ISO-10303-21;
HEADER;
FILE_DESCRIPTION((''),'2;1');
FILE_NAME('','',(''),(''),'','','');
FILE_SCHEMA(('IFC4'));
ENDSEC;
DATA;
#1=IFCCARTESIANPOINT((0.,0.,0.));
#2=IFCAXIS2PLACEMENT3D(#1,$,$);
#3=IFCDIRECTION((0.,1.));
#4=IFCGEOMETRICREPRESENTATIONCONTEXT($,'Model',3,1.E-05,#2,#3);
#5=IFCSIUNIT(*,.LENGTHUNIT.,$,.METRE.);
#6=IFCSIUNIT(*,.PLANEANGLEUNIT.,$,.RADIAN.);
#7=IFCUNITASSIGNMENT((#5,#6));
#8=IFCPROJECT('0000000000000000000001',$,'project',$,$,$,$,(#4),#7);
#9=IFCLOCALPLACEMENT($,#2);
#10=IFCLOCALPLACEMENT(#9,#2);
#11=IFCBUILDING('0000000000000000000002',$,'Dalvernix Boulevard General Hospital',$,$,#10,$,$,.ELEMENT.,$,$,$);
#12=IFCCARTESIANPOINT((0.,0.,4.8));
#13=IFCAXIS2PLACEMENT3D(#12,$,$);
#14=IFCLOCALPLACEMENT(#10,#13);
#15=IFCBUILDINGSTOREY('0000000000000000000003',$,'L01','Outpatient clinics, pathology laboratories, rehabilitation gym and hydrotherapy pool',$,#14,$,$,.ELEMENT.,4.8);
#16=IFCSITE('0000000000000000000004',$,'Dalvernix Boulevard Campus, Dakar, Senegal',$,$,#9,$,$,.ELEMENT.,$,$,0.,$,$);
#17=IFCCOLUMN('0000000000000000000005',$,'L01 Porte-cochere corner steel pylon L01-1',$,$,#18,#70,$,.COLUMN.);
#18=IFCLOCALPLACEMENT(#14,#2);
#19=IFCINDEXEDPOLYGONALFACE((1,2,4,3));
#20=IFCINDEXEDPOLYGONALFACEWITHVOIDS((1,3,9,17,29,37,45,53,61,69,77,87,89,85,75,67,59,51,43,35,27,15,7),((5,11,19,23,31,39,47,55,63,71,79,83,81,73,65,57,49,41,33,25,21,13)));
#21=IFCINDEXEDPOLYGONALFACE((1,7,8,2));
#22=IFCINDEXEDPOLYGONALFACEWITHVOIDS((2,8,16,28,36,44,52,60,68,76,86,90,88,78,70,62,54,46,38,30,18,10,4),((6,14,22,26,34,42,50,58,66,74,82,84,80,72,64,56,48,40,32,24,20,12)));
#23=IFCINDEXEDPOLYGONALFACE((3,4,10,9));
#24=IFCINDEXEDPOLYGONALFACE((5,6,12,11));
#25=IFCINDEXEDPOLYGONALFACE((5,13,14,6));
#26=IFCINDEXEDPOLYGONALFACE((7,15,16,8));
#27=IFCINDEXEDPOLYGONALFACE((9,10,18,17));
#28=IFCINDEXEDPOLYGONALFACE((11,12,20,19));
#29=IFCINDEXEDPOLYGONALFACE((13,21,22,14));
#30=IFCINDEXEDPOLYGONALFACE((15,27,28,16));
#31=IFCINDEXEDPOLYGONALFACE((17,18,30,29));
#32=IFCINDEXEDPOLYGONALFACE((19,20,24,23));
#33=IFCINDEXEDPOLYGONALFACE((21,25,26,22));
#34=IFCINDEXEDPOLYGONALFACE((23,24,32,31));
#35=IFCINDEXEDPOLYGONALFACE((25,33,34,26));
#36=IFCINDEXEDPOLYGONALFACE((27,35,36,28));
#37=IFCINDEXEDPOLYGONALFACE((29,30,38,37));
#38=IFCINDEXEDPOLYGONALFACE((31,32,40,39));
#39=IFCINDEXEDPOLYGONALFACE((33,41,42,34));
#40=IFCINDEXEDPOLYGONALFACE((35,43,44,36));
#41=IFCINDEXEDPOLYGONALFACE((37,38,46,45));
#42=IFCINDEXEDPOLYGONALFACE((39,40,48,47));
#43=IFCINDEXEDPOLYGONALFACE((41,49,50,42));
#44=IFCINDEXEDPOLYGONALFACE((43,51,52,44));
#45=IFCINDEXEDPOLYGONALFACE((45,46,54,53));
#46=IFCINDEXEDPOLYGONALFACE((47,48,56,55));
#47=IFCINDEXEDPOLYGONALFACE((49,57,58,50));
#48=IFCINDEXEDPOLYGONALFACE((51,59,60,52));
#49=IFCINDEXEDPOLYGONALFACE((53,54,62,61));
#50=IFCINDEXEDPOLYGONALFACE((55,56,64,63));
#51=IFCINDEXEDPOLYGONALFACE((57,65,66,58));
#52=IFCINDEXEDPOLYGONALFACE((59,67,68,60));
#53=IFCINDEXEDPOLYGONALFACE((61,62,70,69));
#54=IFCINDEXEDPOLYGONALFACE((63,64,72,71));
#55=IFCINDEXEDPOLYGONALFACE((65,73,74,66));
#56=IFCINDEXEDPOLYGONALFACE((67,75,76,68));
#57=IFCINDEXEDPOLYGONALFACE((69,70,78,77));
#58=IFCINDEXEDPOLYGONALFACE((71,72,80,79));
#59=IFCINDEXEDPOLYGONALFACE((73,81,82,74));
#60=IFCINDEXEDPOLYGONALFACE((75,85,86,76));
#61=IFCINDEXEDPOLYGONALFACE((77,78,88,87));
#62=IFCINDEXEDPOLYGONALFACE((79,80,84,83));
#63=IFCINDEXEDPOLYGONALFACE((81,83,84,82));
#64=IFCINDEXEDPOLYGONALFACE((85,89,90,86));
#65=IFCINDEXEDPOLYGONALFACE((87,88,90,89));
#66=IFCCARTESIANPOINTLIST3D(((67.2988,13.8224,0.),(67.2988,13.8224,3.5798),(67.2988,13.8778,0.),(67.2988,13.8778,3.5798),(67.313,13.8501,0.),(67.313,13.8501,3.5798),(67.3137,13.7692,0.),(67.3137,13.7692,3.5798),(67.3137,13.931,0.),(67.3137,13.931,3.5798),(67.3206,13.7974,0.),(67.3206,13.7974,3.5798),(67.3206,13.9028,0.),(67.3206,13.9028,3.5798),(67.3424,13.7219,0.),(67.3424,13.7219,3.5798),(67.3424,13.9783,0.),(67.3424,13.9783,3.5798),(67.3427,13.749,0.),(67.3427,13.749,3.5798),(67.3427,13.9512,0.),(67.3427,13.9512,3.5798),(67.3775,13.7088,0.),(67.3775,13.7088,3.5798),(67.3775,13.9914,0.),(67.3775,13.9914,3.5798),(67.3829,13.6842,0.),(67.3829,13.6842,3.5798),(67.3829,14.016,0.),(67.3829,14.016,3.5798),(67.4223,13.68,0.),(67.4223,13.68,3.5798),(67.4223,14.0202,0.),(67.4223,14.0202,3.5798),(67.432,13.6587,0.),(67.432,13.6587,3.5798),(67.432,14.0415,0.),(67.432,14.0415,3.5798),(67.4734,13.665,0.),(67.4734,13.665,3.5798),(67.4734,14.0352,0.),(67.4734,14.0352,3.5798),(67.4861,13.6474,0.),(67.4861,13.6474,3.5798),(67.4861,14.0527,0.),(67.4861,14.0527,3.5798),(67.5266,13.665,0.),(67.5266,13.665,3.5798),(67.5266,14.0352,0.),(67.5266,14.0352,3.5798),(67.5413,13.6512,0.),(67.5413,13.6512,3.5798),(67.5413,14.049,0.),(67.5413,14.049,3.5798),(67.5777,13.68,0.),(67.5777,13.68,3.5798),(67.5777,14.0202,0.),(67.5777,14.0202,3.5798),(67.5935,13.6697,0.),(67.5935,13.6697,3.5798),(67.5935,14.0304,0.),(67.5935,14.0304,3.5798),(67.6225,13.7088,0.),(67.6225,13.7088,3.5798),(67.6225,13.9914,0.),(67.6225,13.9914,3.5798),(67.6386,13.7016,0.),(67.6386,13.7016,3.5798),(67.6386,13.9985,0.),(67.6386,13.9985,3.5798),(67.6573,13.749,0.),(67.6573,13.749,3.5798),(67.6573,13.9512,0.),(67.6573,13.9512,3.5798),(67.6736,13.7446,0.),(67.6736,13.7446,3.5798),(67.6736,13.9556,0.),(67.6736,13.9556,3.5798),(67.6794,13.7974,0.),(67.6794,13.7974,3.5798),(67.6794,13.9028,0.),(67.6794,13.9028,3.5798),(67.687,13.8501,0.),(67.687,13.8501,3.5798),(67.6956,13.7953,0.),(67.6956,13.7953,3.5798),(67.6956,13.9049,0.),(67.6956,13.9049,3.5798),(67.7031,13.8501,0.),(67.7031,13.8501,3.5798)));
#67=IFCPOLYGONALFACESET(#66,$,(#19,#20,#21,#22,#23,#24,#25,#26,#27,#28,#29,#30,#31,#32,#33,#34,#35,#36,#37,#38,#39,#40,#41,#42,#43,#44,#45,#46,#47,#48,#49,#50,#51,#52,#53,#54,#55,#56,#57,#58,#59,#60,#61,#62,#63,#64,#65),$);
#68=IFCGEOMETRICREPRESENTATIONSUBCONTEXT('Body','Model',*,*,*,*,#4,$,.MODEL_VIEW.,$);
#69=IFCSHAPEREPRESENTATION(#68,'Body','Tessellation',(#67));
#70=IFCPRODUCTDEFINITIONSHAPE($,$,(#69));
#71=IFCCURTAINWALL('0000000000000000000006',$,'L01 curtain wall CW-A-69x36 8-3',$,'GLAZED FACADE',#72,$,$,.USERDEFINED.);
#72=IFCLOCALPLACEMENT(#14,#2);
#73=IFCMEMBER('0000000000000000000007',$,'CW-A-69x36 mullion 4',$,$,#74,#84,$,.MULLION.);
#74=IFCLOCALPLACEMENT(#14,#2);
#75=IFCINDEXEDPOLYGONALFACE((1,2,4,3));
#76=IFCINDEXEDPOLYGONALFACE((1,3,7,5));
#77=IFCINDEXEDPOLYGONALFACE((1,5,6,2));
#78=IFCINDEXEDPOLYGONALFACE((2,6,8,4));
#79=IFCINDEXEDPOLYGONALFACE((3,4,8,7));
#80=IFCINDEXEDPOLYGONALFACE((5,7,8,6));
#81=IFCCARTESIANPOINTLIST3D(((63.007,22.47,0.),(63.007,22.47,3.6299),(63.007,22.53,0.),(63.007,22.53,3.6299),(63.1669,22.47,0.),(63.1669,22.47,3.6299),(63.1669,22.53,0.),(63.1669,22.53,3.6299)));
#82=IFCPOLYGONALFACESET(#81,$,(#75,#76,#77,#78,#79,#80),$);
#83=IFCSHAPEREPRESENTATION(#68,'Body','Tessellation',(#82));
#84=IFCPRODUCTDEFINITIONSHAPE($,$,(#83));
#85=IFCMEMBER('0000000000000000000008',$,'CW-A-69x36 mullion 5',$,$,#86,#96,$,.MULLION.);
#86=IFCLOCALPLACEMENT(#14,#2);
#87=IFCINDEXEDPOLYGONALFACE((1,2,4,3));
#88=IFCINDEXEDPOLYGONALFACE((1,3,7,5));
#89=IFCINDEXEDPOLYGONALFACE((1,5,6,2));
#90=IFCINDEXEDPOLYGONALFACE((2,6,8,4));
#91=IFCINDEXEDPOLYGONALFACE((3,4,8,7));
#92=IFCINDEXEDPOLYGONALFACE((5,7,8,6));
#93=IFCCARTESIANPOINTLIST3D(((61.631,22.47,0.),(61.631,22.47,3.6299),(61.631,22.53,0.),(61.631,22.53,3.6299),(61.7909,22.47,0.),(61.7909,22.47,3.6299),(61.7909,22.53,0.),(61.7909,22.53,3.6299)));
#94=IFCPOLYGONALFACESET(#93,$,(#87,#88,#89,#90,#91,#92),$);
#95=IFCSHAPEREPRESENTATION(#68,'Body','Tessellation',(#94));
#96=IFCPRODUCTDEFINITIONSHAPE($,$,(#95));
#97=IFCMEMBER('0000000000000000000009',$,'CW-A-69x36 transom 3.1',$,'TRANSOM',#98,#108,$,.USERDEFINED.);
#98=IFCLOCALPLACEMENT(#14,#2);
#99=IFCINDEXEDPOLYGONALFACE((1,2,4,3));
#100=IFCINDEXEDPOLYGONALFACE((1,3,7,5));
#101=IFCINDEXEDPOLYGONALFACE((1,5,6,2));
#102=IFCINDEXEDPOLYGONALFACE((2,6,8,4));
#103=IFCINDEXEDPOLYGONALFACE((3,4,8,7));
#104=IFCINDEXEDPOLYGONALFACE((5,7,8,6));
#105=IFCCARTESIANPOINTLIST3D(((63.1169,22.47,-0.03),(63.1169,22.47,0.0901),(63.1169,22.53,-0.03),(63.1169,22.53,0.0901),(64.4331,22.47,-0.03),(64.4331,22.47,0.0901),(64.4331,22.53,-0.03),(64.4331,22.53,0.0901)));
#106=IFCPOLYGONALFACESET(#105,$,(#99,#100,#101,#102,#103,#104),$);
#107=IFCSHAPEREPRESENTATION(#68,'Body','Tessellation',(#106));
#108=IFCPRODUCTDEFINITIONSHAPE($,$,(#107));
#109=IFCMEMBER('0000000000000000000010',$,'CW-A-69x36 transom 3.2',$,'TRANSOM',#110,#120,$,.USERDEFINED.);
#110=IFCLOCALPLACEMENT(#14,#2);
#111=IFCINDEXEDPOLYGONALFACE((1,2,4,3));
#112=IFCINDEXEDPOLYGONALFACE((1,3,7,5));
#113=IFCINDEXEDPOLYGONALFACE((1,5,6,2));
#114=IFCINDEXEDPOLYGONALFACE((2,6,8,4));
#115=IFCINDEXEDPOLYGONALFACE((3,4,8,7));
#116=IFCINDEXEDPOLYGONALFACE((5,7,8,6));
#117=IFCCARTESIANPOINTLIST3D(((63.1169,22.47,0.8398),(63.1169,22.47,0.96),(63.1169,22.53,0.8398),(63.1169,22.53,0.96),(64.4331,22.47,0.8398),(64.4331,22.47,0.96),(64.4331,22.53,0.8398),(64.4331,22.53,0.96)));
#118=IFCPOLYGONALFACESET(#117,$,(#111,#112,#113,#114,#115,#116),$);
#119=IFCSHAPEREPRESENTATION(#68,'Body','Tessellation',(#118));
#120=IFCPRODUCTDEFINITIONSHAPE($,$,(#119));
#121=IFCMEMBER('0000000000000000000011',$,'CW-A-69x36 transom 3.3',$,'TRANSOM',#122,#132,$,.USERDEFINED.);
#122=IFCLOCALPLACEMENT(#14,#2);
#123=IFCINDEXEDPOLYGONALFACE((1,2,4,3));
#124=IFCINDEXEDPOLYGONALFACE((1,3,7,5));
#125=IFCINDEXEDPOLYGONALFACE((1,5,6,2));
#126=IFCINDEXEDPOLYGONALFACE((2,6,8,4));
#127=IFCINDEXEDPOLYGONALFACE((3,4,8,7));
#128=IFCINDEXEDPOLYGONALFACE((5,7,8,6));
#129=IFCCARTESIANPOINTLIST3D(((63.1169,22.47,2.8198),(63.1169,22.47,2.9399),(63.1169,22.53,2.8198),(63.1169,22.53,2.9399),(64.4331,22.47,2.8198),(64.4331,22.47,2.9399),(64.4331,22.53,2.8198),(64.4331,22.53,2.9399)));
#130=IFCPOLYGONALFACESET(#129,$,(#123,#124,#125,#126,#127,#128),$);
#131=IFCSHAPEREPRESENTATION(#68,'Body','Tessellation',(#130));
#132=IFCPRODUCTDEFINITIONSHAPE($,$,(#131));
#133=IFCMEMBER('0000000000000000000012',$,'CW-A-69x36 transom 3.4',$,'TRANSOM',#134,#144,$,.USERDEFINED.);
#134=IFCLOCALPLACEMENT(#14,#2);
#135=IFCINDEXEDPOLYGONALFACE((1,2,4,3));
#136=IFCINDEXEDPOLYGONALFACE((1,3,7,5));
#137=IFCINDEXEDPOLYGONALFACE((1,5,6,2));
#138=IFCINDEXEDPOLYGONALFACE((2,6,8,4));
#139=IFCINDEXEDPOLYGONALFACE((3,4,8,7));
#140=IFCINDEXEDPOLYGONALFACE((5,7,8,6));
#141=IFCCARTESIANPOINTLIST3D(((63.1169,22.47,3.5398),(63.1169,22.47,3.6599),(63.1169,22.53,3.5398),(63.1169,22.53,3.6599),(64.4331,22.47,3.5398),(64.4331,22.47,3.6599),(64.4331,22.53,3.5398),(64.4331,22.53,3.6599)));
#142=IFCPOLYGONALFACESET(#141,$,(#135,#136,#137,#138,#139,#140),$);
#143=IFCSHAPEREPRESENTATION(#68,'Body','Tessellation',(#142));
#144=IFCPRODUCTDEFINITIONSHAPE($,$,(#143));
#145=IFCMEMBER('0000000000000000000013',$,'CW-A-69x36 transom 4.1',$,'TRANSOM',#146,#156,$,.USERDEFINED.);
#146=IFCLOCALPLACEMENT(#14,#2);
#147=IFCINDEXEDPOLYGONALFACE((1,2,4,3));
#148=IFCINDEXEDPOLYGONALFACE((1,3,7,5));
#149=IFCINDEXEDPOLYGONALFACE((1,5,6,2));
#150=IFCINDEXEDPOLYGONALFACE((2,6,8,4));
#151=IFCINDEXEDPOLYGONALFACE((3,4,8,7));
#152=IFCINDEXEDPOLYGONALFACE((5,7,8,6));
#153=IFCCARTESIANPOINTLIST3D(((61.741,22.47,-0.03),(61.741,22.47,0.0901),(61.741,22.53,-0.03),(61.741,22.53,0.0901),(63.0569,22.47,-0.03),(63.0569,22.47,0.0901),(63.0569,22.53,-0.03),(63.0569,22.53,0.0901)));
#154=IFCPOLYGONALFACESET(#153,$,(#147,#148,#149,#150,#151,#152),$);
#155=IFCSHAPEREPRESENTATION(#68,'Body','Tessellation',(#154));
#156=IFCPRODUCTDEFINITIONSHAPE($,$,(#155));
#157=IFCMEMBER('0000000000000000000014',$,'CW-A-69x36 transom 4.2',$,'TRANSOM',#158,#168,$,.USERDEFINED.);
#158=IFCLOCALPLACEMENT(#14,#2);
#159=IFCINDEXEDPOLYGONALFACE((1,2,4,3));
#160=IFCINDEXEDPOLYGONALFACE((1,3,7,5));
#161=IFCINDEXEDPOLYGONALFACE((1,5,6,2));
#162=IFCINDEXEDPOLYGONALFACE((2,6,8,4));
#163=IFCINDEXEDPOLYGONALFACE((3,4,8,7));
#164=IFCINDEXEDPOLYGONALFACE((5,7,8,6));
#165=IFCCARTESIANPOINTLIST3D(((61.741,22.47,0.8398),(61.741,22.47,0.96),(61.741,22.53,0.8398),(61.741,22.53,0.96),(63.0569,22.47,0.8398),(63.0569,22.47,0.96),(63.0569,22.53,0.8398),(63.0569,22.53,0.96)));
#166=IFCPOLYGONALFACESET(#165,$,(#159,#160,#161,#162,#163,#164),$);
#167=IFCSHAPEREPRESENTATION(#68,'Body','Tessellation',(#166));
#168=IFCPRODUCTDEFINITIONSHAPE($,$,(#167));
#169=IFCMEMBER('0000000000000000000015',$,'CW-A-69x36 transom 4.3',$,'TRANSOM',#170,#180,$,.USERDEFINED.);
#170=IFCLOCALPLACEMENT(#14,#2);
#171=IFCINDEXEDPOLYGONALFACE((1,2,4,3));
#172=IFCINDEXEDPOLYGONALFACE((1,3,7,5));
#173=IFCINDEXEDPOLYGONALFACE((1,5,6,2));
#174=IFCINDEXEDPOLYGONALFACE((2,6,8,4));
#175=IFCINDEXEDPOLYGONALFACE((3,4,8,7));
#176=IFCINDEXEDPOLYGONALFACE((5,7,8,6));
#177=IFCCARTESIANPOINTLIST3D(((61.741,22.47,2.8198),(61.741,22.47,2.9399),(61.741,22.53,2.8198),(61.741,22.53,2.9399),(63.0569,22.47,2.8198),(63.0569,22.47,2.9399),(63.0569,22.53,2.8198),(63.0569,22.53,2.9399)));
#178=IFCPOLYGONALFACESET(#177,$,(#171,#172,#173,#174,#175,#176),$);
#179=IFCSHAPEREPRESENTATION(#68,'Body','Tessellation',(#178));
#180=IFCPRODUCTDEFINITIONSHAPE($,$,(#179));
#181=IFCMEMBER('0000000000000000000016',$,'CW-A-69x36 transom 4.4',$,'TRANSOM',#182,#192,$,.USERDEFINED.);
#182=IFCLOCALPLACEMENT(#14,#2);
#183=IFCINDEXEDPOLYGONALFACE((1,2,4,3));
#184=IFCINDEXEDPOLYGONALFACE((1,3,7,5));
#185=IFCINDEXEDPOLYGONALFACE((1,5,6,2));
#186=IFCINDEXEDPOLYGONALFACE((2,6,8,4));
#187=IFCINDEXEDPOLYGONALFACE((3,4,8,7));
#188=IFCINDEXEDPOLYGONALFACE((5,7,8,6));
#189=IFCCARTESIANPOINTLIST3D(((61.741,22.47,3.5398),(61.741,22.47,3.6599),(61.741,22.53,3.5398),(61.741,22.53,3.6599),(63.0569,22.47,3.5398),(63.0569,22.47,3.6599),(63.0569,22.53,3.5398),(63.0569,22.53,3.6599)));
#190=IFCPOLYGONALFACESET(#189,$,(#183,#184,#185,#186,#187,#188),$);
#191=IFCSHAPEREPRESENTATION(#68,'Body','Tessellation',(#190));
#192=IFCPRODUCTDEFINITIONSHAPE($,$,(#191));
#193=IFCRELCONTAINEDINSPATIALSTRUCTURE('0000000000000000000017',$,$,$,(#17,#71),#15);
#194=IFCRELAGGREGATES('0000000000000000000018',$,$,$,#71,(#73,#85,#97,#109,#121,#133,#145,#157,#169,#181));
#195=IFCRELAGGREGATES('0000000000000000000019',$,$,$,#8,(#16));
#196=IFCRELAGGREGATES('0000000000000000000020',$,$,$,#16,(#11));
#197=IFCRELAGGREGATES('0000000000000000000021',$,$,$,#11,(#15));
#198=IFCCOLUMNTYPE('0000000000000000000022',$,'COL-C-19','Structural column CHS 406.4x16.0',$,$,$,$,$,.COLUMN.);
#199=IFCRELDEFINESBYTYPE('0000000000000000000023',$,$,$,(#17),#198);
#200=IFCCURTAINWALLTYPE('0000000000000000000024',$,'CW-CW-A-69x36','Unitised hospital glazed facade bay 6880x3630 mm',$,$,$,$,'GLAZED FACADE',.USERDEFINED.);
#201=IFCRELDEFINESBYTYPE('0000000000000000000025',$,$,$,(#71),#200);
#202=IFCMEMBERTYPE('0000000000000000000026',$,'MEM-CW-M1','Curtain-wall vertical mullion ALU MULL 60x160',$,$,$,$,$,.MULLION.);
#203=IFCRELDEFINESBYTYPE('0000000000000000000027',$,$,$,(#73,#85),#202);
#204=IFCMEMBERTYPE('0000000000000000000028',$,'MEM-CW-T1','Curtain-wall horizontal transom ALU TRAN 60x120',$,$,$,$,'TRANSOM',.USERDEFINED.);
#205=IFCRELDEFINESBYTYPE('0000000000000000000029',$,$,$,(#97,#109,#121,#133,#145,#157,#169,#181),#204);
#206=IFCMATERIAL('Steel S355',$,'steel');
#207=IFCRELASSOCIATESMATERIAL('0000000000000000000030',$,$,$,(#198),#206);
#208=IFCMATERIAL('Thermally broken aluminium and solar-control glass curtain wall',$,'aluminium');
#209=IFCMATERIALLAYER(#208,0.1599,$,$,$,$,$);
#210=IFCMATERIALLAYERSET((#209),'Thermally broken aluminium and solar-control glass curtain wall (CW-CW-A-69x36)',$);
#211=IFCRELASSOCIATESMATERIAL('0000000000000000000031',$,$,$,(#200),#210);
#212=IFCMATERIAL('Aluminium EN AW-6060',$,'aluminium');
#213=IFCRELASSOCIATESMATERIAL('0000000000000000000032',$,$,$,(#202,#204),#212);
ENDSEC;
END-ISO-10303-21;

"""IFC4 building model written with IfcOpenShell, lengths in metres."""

from ifc_helpers import new_model, si_unit, direction, frame, origin, origin_2d, place, context, subcontext, project, spatial, rectangle, hollow_circle, extrude, material, layer, layer_set, material_profile, profile_set, type_object, element, aggregate, save


model = new_model("IFC4")

# Units and contexts
model_context = context("Model", 3, precision=1e-05, world=origin(), true_north=direction((0.0, 1.0)))
body_context = subcontext(model_context, "Body", "Model", "MODEL_VIEW")
ifc_project = project(units=[si_unit("LENGTHUNIT", "METRE"), si_unit("PLANEANGLEUNIT", "RADIAN")], contexts=[model_context])

# Site, building, storey
site_placement = place(None, origin())
site = spatial("IfcSite", under=ifc_project, at=site_placement, Name="Dalvernix Boulevard Campus, Dakar, Senegal", CompositionType="ELEMENT", RefElevation=0.0)
building_placement = place(site_placement, origin())
building = spatial("IfcBuilding", under=site, at=building_placement, Name="Dalvernix Boulevard General Hospital", CompositionType="ELEMENT")
storey_placement = place(building_placement, frame((0.0, 0.0, 4.8)))
storey = spatial("IfcBuildingStorey", under=building, at=storey_placement, Name="L01", Description="Outpatient clinics, pathology laboratories, rehabilitation gym and hydrotherapy pool", CompositionType="ELEMENT", Elevation=4.8)

# Column
ifc_material_1 = material(Name="Steel S355", Category="steel")
ifc_material_profile_1 = material_profile(ifc_material_1, hollow_circle(Radius=0.2031, WallThickness=0.0161, at=origin_2d()), Name="CHS 406.4x16.0")
ifc_profile_set_1 = profile_set([ifc_material_profile_1], Name="Steel S355")
column_type = type_object("IfcColumnType", Name="COL-C-19", Description="Structural column CHS 406.4x16.0", PredefinedType="COLUMN", material=ifc_profile_set_1)
column_placement = place(storey_placement, frame((67.5, 13.8501, 0.0), z_axis=(0.0, 0.0, 1.0), x_axis=(1.0, 0.0, 0.0)))
element("IfcColumn", 1, at=column_placement, inside=storey, type_object=column_type, Name="L01 Porte-cochere corner steel pylon L01-1", PredefinedType="COLUMN", context=body_context, shape_type="SweptSolid", body=[
    extrude(hollow_circle(Radius=0.2031, WallThickness=0.0161, at=origin_2d()), origin(), (0.0, 0.0, 1.0), 3.5798),
])

# Curtain wall, members
ifc_material_2 = material(Name="Thermally broken aluminium and solar-control glass curtain wall", Category="aluminium")
ifc_layer_1 = layer(ifc_material_2, 0.1599)
ifc_layer_set_1 = layer_set([ifc_layer_1], Name="Thermally broken aluminium and solar-control glass curtain wall (CW-CW-A-69x36)")
curtain_wall_type = type_object("IfcCurtainWallType", Name="CW-CW-A-69x36", Description="Unitised hospital glazed facade bay 6880x3630 mm", ElementType="GLAZED FACADE", PredefinedType="USERDEFINED", material=ifc_layer_set_1)
curtain_wall_placement = place(storey_placement, origin())
curtain_wall = element("IfcCurtainWall", 2, at=curtain_wall_placement, inside=storey, type_object=curtain_wall_type, Name="L01 curtain wall CW-A-69x36 8-3", ObjectType="GLAZED FACADE", PredefinedType="USERDEFINED")
ifc_material_3 = material(Name="Aluminium EN AW-6060", Category="aluminium")
ifc_material_profile_2 = material_profile(ifc_material_3, rectangle(XDim=0.0601, YDim=0.1599, at=origin_2d()), Name="ALU MULL 60x160")
ifc_profile_set_2 = profile_set([ifc_material_profile_2], Name="Aluminium EN AW-6060")
member_type_1 = type_object("IfcMemberType", Name="MEM-CW-M1", Description="Curtain-wall vertical mullion ALU MULL 60x160", PredefinedType="MULLION", material=ifc_profile_set_2)
member_1_placement = place(storey_placement, frame((63.0869, 22.5, 0.0), z_axis=(0.0, 0.0, 1.0), x_axis=(0.0, -1.0, 0.0)))
member_1 = element("IfcMember", 3, at=member_1_placement, type_object=member_type_1, Name="CW-A-69x36 mullion 4", PredefinedType="MULLION", context=body_context, shape_type="SweptSolid", body=[
    extrude(rectangle(XDim=0.0601, YDim=0.1599, at=origin_2d()), origin(), (0.0, 0.0, 1.0), 3.6299),
])
member_2_placement = place(storey_placement, frame((61.7109, 22.5, 0.0), z_axis=(0.0, 0.0, 1.0), x_axis=(0.0, -1.0, 0.0)))
member_2 = element("IfcMember", 4, at=member_2_placement, type_object=member_type_1, Name="CW-A-69x36 mullion 5", PredefinedType="MULLION", context=body_context, shape_type="SweptSolid", body=[
    extrude(rectangle(XDim=0.0601, YDim=0.1599, at=origin_2d()), origin(), (0.0, 0.0, 1.0), 3.6299),
])
ifc_material_profile_3 = material_profile(ifc_material_3, rectangle(XDim=0.0601, YDim=0.1201, at=origin_2d()), Name="ALU TRAN 60x120")
ifc_profile_set_3 = profile_set([ifc_material_profile_3], Name="Aluminium EN AW-6060")
member_type_2 = type_object("IfcMemberType", Name="MEM-CW-T1", Description="Curtain-wall horizontal transom ALU TRAN 60x120", ElementType="TRANSOM", PredefinedType="USERDEFINED", material=ifc_profile_set_3)
member_3_placement = place(storey_placement, frame((64.4331, 22.5, 0.03), z_axis=(-1.0, 0.0, 0.0), x_axis=(0.0, -1.0, 0.0)))
member_3 = element("IfcMember", 5, at=member_3_placement, type_object=member_type_2, Name="CW-A-69x36 transom 3.1", ObjectType="TRANSOM", PredefinedType="USERDEFINED", context=body_context, shape_type="SweptSolid", body=[
    extrude(rectangle(XDim=0.0601, YDim=0.1201, at=origin_2d()), origin(), (0.0, 0.0, 1.0), 1.3162),
])
member_4_placement = place(storey_placement, frame((64.4331, 22.5, 0.8999), z_axis=(-1.0, 0.0, 0.0), x_axis=(0.0, -1.0, 0.0)))
member_4 = element("IfcMember", 6, at=member_4_placement, type_object=member_type_2, Name="CW-A-69x36 transom 3.2", ObjectType="TRANSOM", PredefinedType="USERDEFINED", context=body_context, shape_type="SweptSolid", body=[
    extrude(rectangle(XDim=0.0601, YDim=0.1201, at=origin_2d()), origin(), (0.0, 0.0, 1.0), 1.3162),
])
member_5_placement = place(storey_placement, frame((64.4331, 22.5, 2.8799), z_axis=(-1.0, 0.0, 0.0), x_axis=(0.0, -1.0, 0.0)))
member_5 = element("IfcMember", 7, at=member_5_placement, type_object=member_type_2, Name="CW-A-69x36 transom 3.3", ObjectType="TRANSOM", PredefinedType="USERDEFINED", context=body_context, shape_type="SweptSolid", body=[
    extrude(rectangle(XDim=0.0601, YDim=0.1201, at=origin_2d()), origin(), (0.0, 0.0, 1.0), 1.3162),
])
member_6_placement = place(storey_placement, frame((64.4331, 22.5, 3.5999), z_axis=(-1.0, 0.0, 0.0), x_axis=(0.0, -1.0, 0.0)))
member_6 = element("IfcMember", 8, at=member_6_placement, type_object=member_type_2, Name="CW-A-69x36 transom 3.4", ObjectType="TRANSOM", PredefinedType="USERDEFINED", context=body_context, shape_type="SweptSolid", body=[
    extrude(rectangle(XDim=0.0601, YDim=0.1201, at=origin_2d()), origin(), (0.0, 0.0, 1.0), 1.3162),
])
member_7_placement = place(storey_placement, frame((63.0569, 22.5, 0.03), z_axis=(-1.0, 0.0, 0.0), x_axis=(0.0, -1.0, 0.0)))
member_7 = element("IfcMember", 9, at=member_7_placement, type_object=member_type_2, Name="CW-A-69x36 transom 4.1", ObjectType="TRANSOM", PredefinedType="USERDEFINED", context=body_context, shape_type="SweptSolid", body=[
    extrude(rectangle(XDim=0.0601, YDim=0.1201, at=origin_2d()), origin(), (0.0, 0.0, 1.0), 1.3159),
])
member_8_placement = place(storey_placement, frame((63.0569, 22.5, 0.8999), z_axis=(-1.0, 0.0, 0.0), x_axis=(0.0, -1.0, 0.0)))
member_8 = element("IfcMember", 10, at=member_8_placement, type_object=member_type_2, Name="CW-A-69x36 transom 4.2", ObjectType="TRANSOM", PredefinedType="USERDEFINED", context=body_context, shape_type="SweptSolid", body=[
    extrude(rectangle(XDim=0.0601, YDim=0.1201, at=origin_2d()), origin(), (0.0, 0.0, 1.0), 1.3159),
])
member_9_placement = place(storey_placement, frame((63.0569, 22.5, 2.8799), z_axis=(-1.0, 0.0, 0.0), x_axis=(0.0, -1.0, 0.0)))
member_9 = element("IfcMember", 11, at=member_9_placement, type_object=member_type_2, Name="CW-A-69x36 transom 4.3", ObjectType="TRANSOM", PredefinedType="USERDEFINED", context=body_context, shape_type="SweptSolid", body=[
    extrude(rectangle(XDim=0.0601, YDim=0.1201, at=origin_2d()), origin(), (0.0, 0.0, 1.0), 1.3159),
])
member_10_placement = place(storey_placement, frame((63.0569, 22.5, 3.5999), z_axis=(-1.0, 0.0, 0.0), x_axis=(0.0, -1.0, 0.0)))
member_10 = element("IfcMember", 12, at=member_10_placement, type_object=member_type_2, Name="CW-A-69x36 transom 4.4", ObjectType="TRANSOM", PredefinedType="USERDEFINED", context=body_context, shape_type="SweptSolid", body=[
    extrude(rectangle(XDim=0.0601, YDim=0.1201, at=origin_2d()), origin(), (0.0, 0.0, 1.0), 1.3159),
])
aggregate(curtain_wall, [member_1, member_2, member_3, member_4, member_5, member_6, member_7, member_8, member_9, member_10])

save(model, "model.ifc")
